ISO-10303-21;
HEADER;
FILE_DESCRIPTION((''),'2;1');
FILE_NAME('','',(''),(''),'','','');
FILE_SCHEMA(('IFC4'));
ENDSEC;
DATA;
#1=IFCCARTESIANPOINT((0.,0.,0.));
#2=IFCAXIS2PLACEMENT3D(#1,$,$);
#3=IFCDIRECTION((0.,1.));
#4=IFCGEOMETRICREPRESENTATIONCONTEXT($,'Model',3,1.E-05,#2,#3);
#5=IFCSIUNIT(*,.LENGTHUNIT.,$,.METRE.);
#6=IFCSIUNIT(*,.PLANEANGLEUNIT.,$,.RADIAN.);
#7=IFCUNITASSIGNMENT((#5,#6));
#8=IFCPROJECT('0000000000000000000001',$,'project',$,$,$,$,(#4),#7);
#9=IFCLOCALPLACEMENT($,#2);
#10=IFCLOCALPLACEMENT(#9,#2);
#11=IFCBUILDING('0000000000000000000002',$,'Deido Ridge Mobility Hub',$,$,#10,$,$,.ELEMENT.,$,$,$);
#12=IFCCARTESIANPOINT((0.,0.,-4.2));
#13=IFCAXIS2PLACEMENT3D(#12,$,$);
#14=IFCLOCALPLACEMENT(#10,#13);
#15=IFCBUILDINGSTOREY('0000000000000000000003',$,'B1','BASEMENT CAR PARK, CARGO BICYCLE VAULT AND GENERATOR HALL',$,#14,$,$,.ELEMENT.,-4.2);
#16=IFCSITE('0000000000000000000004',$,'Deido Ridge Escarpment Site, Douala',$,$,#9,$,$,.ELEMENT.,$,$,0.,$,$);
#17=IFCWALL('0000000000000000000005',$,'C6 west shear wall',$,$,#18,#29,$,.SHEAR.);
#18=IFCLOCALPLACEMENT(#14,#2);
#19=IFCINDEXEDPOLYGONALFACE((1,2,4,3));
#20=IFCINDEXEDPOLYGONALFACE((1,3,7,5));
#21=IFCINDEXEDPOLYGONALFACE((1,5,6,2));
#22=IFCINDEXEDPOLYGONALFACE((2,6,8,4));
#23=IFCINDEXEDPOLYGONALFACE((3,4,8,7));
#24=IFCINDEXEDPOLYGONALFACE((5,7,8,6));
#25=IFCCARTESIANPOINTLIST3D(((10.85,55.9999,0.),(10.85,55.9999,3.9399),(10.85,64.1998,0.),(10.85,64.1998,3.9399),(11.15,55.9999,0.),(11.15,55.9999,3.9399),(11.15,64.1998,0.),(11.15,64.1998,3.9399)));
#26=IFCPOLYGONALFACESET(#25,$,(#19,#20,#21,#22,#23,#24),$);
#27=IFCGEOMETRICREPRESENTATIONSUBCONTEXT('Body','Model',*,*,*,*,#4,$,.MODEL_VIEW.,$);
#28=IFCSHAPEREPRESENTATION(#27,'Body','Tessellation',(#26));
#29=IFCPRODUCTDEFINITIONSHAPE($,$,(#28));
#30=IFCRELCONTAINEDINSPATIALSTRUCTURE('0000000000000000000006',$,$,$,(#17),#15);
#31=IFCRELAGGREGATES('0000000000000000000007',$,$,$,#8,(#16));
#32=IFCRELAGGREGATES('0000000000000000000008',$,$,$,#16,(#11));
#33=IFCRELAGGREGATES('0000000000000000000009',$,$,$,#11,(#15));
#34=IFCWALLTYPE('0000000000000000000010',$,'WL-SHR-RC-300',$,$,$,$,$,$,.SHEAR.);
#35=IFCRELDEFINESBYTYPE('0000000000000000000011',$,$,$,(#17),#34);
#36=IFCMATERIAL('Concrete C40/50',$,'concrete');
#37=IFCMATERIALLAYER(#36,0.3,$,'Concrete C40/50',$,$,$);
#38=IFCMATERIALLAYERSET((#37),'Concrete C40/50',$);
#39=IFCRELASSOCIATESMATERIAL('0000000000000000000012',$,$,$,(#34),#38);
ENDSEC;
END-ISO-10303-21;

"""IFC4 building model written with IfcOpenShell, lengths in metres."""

from ifc_helpers import new_model, si_unit, direction, frame, frame_2d, origin, place, context, subcontext, project, spatial, rectangle, extrude, material, layer, layer_set, type_object, element, save


model = new_model("IFC4")

# Units and contexts
model_context = context("Model", 3, precision=1e-05, world=origin(), true_north=direction((0.0, 1.0)))
body_context = subcontext(model_context, "Body", "Model", "MODEL_VIEW")
ifc_project = project(units=[si_unit("LENGTHUNIT", "METRE"), si_unit("PLANEANGLEUNIT", "RADIAN")], contexts=[model_context])

# Site, building, storey
site_placement = place(None, origin())
site = spatial("IfcSite", under=ifc_project, at=site_placement, Name="Deido Ridge Escarpment Site, Douala", CompositionType="ELEMENT", RefElevation=0.0)
building_placement = place(site_placement, origin())
building = spatial("IfcBuilding", under=site, at=building_placement, Name="Deido Ridge Mobility Hub", CompositionType="ELEMENT")
storey_placement = place(building_placement, frame((0.0, 0.0, -4.2)))
storey = spatial("IfcBuildingStorey", under=building, at=storey_placement, Name="B1", Description="BASEMENT CAR PARK, CARGO BICYCLE VAULT AND GENERATOR HALL", CompositionType="ELEMENT", Elevation=-4.2)

# Shared definitions
ifc_material_1 = material(Name="Concrete C40/50", Category="concrete")

# Wall
ifc_layer_1 = layer(ifc_material_1, 0.3, Name="Concrete C40/50")
ifc_layer_set_1 = layer_set([ifc_layer_1], Name="Concrete C40/50")
wall_type_1 = type_object("IfcWallType", Name="WL-SHR-RC-300", PredefinedType="SHEAR", material=ifc_layer_set_1)
wall_1_placement = place(storey_placement, frame((11.0, 64.2, 0.0), z_axis=(0.0, 0.0, 1.0), x_axis=(0.0, -1.0, 0.0)))
element("IfcWall", 1, at=wall_1_placement, inside=storey, type_object=wall_type_1, Name="C6 west shear wall", PredefinedType="SHEAR", context=body_context, shape_type="SweptSolid", body=[
    extrude(rectangle(XDim=8.2, YDim=0.3, at=frame_2d((4.1001, 0.0))), origin(), (0.0, 0.0, 1.0), 3.9399),
])

save(model, "model.ifc")
